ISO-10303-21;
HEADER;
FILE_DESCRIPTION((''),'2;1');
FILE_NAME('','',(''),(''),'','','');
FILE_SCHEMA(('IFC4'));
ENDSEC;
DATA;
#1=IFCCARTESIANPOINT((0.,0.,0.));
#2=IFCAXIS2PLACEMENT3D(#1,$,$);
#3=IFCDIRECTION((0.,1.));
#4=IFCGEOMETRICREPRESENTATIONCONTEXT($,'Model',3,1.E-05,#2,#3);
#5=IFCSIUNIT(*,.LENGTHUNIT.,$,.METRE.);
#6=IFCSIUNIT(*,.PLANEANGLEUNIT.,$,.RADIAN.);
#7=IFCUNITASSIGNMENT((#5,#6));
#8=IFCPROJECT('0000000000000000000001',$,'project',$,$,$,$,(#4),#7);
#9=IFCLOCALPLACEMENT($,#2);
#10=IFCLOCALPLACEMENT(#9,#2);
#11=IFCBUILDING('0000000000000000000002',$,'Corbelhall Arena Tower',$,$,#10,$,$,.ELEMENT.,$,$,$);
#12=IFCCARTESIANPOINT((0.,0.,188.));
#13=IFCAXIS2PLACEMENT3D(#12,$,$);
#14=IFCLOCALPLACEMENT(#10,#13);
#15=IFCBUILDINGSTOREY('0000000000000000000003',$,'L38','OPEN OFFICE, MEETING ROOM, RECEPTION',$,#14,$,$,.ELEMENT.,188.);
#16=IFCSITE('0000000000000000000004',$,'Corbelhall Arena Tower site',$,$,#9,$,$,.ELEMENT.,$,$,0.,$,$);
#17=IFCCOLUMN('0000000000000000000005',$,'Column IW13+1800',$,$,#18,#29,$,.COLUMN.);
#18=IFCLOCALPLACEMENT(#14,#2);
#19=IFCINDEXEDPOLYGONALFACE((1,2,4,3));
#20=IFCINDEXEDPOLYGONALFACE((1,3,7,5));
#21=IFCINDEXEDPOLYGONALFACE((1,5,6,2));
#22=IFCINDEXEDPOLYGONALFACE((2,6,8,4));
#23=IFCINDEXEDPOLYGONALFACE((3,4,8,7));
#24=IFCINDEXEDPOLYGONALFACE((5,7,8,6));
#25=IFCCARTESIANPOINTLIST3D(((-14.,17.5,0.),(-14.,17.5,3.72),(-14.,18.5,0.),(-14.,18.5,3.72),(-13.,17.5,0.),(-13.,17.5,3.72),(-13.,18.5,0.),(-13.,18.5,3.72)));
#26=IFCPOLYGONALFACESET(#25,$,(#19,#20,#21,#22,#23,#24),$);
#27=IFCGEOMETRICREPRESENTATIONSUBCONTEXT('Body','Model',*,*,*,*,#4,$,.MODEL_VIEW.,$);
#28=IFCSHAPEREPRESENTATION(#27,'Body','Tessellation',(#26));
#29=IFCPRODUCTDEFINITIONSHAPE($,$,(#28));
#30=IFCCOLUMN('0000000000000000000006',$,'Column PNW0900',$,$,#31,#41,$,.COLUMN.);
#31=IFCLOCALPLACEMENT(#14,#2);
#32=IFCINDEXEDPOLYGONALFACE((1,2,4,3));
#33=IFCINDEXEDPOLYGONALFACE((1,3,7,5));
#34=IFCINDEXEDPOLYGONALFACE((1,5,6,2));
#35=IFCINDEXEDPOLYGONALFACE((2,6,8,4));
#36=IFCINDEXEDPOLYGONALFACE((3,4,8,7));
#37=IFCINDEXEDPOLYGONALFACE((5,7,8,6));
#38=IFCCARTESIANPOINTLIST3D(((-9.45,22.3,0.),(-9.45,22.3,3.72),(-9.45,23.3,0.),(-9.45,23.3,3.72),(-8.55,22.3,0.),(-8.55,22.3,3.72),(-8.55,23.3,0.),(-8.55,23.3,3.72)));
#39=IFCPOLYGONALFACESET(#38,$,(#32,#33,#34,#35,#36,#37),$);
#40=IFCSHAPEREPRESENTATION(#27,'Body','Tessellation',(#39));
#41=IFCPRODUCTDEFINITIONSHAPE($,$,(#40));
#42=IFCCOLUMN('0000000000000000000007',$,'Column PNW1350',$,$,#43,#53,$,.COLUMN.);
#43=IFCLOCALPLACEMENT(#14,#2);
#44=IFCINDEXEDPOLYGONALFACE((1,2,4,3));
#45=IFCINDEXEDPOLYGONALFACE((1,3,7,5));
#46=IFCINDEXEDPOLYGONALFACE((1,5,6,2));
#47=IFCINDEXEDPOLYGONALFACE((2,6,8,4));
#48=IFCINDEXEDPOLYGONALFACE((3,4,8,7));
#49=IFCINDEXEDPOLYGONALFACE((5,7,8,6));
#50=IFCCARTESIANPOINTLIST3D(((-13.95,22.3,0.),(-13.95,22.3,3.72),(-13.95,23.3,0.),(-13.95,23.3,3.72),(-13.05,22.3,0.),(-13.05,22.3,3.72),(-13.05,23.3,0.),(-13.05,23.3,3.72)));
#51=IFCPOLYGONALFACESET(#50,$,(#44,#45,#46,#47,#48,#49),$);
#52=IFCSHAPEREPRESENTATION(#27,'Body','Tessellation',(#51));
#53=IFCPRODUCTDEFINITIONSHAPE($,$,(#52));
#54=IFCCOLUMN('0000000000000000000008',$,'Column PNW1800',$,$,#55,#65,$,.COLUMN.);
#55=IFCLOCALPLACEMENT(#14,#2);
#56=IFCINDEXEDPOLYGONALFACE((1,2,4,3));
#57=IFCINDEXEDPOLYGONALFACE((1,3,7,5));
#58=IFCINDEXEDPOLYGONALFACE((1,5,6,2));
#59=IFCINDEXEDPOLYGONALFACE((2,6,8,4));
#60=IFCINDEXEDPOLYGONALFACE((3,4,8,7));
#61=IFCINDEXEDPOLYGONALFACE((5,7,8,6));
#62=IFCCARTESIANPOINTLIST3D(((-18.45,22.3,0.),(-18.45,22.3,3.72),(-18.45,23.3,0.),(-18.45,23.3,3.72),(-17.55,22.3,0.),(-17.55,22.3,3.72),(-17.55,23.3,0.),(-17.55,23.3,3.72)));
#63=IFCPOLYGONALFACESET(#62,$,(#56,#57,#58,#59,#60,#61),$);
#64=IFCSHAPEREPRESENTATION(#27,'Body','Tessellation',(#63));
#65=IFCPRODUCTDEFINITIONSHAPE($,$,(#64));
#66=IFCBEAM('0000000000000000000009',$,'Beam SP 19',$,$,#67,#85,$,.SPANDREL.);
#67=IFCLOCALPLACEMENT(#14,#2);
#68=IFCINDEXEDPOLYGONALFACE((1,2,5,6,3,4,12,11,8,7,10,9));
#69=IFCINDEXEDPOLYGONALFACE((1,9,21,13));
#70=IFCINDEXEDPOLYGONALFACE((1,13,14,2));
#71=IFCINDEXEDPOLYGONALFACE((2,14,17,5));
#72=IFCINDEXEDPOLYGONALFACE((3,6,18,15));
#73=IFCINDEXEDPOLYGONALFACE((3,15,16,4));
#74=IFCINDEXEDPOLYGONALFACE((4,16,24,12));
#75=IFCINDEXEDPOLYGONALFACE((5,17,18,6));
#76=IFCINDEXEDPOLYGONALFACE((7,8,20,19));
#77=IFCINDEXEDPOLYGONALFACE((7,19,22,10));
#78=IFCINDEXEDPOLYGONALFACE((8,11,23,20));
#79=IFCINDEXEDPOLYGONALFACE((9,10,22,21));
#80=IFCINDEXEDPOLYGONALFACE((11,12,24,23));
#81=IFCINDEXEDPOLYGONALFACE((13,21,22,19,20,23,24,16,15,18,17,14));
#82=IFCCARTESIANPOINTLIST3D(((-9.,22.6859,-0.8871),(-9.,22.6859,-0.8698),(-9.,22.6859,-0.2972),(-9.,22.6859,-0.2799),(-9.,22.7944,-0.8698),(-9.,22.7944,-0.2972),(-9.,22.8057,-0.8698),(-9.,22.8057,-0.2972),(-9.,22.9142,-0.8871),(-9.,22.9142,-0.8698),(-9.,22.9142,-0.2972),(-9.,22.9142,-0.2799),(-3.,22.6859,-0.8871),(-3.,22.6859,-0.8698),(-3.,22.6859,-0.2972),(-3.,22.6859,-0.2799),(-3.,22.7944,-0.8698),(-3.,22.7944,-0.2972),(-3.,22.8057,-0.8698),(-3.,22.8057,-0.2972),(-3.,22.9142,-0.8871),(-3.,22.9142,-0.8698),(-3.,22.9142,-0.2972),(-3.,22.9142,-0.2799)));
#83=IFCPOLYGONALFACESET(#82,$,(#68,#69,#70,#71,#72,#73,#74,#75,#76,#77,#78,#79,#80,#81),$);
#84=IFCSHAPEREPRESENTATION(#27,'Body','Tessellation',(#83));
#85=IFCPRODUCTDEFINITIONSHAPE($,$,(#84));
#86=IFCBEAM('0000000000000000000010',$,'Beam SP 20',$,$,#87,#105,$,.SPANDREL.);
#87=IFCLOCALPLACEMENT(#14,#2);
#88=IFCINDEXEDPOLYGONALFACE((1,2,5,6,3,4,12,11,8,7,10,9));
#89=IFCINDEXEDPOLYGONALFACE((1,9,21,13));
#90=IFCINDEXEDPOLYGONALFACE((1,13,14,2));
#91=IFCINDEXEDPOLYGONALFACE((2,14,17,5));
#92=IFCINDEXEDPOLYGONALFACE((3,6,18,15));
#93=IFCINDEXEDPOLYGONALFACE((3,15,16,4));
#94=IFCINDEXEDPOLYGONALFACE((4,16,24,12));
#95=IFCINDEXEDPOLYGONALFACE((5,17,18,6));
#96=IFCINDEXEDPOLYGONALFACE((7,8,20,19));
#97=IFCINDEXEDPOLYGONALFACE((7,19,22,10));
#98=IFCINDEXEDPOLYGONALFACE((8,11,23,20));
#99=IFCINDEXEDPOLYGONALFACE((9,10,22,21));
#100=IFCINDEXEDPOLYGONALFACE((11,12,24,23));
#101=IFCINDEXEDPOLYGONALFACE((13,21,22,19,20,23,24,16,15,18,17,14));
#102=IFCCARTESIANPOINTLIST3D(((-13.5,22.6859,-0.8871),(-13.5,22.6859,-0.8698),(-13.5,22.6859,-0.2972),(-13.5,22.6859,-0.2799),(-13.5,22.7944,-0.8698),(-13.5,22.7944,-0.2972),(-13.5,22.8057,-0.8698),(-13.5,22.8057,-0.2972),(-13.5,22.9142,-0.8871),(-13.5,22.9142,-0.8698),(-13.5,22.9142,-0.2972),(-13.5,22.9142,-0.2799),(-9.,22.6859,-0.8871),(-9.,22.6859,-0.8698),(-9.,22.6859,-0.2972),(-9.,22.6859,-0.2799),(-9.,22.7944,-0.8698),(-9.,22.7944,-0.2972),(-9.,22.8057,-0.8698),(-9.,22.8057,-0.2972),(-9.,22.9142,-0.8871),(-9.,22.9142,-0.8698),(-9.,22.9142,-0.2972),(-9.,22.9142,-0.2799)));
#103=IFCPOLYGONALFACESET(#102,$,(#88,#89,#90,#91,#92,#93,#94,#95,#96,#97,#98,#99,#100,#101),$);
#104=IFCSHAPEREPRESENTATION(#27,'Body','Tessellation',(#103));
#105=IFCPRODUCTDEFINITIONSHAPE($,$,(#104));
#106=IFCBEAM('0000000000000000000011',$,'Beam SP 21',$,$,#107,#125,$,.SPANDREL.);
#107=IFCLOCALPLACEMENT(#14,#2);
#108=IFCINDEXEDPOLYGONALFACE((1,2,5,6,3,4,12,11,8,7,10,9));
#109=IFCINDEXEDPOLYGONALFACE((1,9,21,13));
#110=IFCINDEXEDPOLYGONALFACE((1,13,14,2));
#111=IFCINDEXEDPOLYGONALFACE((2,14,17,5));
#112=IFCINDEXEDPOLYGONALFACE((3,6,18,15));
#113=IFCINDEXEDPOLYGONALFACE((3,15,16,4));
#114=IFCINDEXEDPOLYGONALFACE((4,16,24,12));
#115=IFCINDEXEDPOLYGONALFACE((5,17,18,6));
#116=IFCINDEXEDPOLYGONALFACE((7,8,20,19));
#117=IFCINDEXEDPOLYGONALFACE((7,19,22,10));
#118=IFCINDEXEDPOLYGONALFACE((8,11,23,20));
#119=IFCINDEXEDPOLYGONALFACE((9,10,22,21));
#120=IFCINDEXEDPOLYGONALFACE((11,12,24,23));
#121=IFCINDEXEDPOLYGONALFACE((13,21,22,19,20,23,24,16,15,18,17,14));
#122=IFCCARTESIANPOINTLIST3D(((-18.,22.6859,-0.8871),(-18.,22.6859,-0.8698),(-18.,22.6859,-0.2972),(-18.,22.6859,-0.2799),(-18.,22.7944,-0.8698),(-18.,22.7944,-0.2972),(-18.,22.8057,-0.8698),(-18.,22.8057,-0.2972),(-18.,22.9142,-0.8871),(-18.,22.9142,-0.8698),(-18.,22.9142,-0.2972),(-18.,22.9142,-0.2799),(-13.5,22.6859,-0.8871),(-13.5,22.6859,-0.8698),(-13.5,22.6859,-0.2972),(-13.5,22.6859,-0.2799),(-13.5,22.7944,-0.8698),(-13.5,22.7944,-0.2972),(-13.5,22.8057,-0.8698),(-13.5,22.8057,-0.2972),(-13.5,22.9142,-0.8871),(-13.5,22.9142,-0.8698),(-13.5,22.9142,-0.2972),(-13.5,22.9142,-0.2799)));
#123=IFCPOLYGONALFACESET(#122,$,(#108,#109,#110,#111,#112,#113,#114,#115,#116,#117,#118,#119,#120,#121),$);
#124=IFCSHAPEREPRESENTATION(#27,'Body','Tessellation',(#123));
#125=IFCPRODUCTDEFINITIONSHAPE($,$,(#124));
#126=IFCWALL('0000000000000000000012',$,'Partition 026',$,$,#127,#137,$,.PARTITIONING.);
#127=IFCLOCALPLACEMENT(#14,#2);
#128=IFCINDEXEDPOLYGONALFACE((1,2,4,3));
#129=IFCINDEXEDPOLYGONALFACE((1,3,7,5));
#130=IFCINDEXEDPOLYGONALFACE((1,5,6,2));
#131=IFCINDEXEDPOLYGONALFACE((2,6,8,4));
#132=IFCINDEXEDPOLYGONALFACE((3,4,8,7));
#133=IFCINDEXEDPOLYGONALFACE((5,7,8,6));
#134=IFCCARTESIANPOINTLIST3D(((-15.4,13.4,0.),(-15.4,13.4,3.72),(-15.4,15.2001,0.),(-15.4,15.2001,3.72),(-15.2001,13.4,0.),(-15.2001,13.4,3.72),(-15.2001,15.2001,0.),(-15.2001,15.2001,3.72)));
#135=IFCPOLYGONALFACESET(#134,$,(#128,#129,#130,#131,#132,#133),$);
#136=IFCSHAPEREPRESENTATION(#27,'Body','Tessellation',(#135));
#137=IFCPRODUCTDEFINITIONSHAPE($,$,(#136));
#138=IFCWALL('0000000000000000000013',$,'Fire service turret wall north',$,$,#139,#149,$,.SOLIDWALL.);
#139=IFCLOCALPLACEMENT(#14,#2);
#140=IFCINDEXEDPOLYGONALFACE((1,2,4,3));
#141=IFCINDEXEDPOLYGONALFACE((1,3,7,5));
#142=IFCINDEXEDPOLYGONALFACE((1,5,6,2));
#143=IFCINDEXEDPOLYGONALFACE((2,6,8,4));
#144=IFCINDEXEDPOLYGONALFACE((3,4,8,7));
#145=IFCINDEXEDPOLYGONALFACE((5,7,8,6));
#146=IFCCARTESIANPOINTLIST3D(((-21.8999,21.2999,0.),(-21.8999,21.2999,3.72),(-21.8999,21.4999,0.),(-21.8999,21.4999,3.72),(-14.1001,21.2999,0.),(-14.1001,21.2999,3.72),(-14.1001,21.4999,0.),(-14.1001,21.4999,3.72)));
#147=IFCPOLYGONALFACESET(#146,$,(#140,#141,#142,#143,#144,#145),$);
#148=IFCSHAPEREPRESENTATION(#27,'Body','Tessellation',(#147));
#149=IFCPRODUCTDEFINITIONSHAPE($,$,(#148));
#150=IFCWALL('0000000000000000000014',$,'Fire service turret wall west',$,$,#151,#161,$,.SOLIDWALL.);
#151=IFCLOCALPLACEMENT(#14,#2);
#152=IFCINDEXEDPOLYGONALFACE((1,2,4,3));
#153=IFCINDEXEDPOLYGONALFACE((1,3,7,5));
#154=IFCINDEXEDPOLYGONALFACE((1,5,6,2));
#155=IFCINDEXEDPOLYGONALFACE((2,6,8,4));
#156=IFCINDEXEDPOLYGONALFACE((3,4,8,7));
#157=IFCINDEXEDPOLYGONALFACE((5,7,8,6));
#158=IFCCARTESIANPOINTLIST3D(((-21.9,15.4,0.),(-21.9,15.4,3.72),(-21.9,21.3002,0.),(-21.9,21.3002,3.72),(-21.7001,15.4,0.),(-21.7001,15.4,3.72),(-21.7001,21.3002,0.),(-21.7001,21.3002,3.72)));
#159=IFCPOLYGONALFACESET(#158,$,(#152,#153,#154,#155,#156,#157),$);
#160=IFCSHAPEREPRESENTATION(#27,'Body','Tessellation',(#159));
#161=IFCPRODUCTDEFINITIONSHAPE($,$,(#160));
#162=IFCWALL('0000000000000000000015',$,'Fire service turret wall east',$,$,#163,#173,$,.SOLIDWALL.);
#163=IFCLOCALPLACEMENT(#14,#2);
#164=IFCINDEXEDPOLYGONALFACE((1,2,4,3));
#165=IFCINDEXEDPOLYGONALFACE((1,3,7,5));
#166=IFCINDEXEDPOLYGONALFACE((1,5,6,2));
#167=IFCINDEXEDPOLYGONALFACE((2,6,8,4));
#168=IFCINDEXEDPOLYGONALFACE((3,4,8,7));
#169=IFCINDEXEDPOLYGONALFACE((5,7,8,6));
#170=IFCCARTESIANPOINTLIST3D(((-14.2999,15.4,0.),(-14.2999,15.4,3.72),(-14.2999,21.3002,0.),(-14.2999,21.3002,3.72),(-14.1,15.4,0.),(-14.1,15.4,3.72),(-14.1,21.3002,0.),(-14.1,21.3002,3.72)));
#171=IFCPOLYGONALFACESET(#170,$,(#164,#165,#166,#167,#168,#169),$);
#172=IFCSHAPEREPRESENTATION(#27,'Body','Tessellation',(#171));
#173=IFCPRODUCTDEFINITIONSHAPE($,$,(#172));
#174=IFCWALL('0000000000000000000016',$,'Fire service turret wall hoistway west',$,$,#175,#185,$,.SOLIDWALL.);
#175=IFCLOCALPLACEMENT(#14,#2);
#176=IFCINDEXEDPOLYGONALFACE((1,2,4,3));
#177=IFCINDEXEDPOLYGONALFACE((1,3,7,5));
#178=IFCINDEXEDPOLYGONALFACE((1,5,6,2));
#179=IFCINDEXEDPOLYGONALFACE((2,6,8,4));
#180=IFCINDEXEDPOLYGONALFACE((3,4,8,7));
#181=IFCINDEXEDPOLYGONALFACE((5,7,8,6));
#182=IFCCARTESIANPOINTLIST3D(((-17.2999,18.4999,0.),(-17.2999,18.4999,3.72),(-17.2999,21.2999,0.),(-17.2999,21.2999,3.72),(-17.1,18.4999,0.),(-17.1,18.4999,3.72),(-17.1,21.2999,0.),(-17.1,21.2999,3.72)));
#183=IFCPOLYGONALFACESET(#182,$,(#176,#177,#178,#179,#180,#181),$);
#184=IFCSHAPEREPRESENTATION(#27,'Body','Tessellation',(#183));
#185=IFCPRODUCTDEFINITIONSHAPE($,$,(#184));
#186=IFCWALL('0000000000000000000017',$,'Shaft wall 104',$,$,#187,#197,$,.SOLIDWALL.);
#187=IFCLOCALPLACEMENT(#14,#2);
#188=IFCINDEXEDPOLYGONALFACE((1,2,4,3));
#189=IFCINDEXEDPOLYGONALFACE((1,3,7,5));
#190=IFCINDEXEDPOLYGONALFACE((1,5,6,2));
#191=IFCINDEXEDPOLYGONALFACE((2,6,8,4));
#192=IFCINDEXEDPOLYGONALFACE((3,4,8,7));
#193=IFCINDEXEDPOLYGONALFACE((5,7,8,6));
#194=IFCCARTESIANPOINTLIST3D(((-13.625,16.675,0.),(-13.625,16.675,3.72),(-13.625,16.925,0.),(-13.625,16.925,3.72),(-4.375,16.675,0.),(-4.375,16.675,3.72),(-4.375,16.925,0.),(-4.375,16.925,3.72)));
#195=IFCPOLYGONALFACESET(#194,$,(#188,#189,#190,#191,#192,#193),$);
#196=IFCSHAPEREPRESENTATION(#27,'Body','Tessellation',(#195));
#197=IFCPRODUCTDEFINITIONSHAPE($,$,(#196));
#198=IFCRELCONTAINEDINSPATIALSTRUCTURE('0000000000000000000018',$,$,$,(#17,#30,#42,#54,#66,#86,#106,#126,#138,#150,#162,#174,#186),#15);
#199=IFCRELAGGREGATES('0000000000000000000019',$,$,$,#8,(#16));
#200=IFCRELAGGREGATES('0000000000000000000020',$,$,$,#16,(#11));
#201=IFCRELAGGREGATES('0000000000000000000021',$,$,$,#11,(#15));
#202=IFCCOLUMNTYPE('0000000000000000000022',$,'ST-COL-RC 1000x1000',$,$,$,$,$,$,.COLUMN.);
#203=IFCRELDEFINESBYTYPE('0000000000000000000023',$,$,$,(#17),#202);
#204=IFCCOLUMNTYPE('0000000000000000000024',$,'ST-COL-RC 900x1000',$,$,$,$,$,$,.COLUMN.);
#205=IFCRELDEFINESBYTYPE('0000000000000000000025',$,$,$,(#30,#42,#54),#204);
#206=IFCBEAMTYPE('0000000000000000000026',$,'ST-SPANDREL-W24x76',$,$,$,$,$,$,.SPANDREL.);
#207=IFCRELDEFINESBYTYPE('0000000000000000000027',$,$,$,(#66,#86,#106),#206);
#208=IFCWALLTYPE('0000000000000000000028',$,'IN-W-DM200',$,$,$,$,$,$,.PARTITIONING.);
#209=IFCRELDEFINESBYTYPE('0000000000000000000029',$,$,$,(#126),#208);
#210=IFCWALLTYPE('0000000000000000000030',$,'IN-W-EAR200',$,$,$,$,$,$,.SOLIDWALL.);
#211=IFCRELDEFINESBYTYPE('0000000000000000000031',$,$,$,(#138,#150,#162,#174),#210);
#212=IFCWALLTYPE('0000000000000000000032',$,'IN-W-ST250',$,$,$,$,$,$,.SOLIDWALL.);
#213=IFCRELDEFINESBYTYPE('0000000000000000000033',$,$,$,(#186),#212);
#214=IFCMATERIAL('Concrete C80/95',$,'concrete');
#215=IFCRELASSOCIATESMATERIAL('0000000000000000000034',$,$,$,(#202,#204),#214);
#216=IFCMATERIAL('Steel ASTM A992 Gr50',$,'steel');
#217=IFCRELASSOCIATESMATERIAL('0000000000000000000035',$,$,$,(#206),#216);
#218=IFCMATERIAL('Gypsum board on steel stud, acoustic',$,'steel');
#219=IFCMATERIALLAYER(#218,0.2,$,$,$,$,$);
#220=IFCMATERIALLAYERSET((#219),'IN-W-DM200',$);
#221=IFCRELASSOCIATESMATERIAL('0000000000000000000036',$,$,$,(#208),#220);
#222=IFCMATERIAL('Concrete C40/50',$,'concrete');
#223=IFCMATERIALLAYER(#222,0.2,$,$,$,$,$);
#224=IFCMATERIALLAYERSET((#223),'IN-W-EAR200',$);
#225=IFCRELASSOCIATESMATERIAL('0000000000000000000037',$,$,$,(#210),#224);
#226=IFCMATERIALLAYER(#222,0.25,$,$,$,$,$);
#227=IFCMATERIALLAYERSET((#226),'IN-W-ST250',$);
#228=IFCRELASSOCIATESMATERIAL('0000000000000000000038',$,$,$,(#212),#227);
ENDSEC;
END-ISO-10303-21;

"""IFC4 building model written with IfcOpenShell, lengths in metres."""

from ifc_helpers import new_model, si_unit, direction, frame, frame_2d, origin, origin_2d, place, context, subcontext, project, spatial, rectangle, i_section, extrude, material, layer, layer_set, material_profile, profile_set, type_object, element, save


model = new_model("IFC4")

# Units and contexts
model_context = context("Model", 3, precision=1e-05, world=origin(), true_north=direction((0.0, 1.0)))
body_context = subcontext(model_context, "Body", "Model", "MODEL_VIEW")
ifc_project = project(units=[si_unit("LENGTHUNIT", "METRE"), si_unit("PLANEANGLEUNIT", "RADIAN")], contexts=[model_context])

# Site, building, storey
site_placement = place(None, origin())
site = spatial("IfcSite", under=ifc_project, at=site_placement, Name="Corbelhall Arena Tower site", CompositionType="ELEMENT", RefElevation=0.0)
building_placement = place(site_placement, origin())
building = spatial("IfcBuilding", under=site, at=building_placement, Name="Corbelhall Arena Tower", CompositionType="ELEMENT")
storey_placement = place(building_placement, frame((0.0, 0.0, 188.0)))
storey = spatial("IfcBuildingStorey", under=building, at=storey_placement, Name="L38", Description="OPEN OFFICE, MEETING ROOM, RECEPTION", CompositionType="ELEMENT", Elevation=188.0)

# Columns
ifc_material_1 = material(Name="Concrete C80/95", Category="concrete")
ifc_material_profile_1 = material_profile(ifc_material_1, rectangle(XDim=1.0, YDim=1.0, at=origin_2d()))
ifc_profile_set_1 = profile_set([ifc_material_profile_1], Name="Concrete C80/95")
column_type_1 = type_object("IfcColumnType", Name="ST-COL-RC 1000x1000", PredefinedType="COLUMN", material=ifc_profile_set_1)
column_placement = place(storey_placement, frame((-13.5, 18.0, 0.0), z_axis=(0.0, 0.0, 1.0), x_axis=(1.0, 0.0, 0.0)))
element("IfcColumn", 1, at=column_placement, inside=storey, type_object=column_type_1, Name="Column IW13+1800", PredefinedType="COLUMN", context=body_context, shape_type="SweptSolid", body=[
    extrude(rectangle(XDim=1.0, YDim=1.0, at=origin_2d()), origin(), (0.0, 0.0, 1.0), 3.72),
])
ifc_material_profile_2 = material_profile(ifc_material_1, rectangle(XDim=0.8999, YDim=1.0, at=origin_2d()))
ifc_profile_set_2 = profile_set([ifc_material_profile_2], Name="Concrete C80/95")
column_type_2 = type_object("IfcColumnType", Name="ST-COL-RC 900x1000", PredefinedType="COLUMN", material=ifc_profile_set_2)
for number, where, z_axis, x_axis, name in (
    (2, (-9.0, 22.8, 0.0), (0.0, 0.0, 1.0), (1.0, 0.0, 0.0), "Column PNW0900"),
    (3, (-13.5, 22.8, 0.0), (0.0, 0.0, 1.0), (1.0, 0.0, 0.0), "Column PNW1350"),
    (4, (-18.0, 22.8, 0.0), (0.0, 0.0, 1.0), (1.0, 0.0, 0.0), "Column PNW1800"),
):
    element("IfcColumn", number, at=place(storey_placement, frame(where, z_axis=z_axis, x_axis=x_axis)), inside=storey, type_object=column_type_2, Name=name, PredefinedType="COLUMN", context=body_context, shape_type="SweptSolid", body=[
        extrude(rectangle(XDim=0.8999, YDim=1.0, at=origin_2d()), origin(), (0.0, 0.0, 1.0), 3.72),
    ])

# Beams
ifc_material_2 = material(Name="Steel ASTM A992 Gr50", Category="steel")
ifc_material_profile_3 = material_profile(ifc_material_2, i_section(OverallWidth=0.2283, OverallDepth=0.6072, WebThickness=0.0112, FlangeThickness=0.0173, at=origin_2d()))
ifc_profile_set_3 = profile_set([ifc_material_profile_3], Name="Steel ASTM A992 Gr50")
beam_type = type_object("IfcBeamType", Name="ST-SPANDREL-W24x76", PredefinedType="SPANDREL", material=ifc_profile_set_3)
beam_placement = place(storey_placement, frame((-9.0, 22.8, -0.5835), z_axis=(1.0, 0.0, 0.0), x_axis=(0.0, 1.0, 0.0)))
element("IfcBeam", 5, at=beam_placement, inside=storey, type_object=beam_type, Name="Beam SP 19", PredefinedType="SPANDREL", context=body_context, shape_type="SweptSolid", body=[
    extrude(i_section(OverallWidth=0.2283, OverallDepth=0.6072, WebThickness=0.0112, FlangeThickness=0.0173, at=origin_2d()), origin(), (0.0, 0.0, 1.0), 6.0),
])
for number, where, z_axis, x_axis, name in (
    (6, (-13.5, 22.8, -0.5835), (1.0, 0.0, 0.0), (0.0, 1.0, 0.0), "Beam SP 20"),
    (7, (-18.0, 22.8, -0.5835), (1.0, 0.0, 0.0), (0.0, 1.0, 0.0), "Beam SP 21"),
):
    element("IfcBeam", number, at=place(storey_placement, frame(where, z_axis=z_axis, x_axis=x_axis)), inside=storey, type_object=beam_type, Name=name, PredefinedType="SPANDREL", context=body_context, shape_type="SweptSolid", body=[
        extrude(i_section(OverallWidth=0.2283, OverallDepth=0.6072, WebThickness=0.0112, FlangeThickness=0.0173, at=origin_2d()), origin(), (0.0, 0.0, 1.0), 4.5),
    ])

# Wall
ifc_material_3 = material(Name="Gypsum board on steel stud, acoustic", Category="steel")
ifc_layer_1 = layer(ifc_material_3, 0.2)
ifc_layer_set_1 = layer_set([ifc_layer_1], Name="IN-W-DM200")
wall_type_1 = type_object("IfcWallType", Name="IN-W-DM200", PredefinedType="PARTITIONING", material=ifc_layer_set_1)
wall_1_placement = place(storey_placement, frame((-15.3, 15.2, 0.0), z_axis=(0.0, 0.0, 1.0), x_axis=(0.0, -1.0, 0.0)))
element("IfcWall", 8, at=wall_1_placement, inside=storey, type_object=wall_type_1, Name="Partition 026", PredefinedType="PARTITIONING", context=body_context, shape_type="SweptSolid", body=[
    extrude(rectangle(XDim=1.8, YDim=0.2, at=frame_2d((0.8999, 0.0))), origin(), (0.0, 0.0, 1.0), 3.72),
])

# Shared definitions
ifc_material_4 = material(Name="Concrete C40/50", Category="concrete")
ifc_layer_2 = layer(ifc_material_4, 0.2)
ifc_layer_set_2 = layer_set([ifc_layer_2], Name="IN-W-EAR200")
wall_type_2 = type_object("IfcWallType", Name="IN-W-EAR200", PredefinedType="SOLIDWALL", material=ifc_layer_set_2)

# Walls
wall_2_placement = place(storey_placement, frame((-21.8999, 21.3999, 0.0), z_axis=(0.0, 0.0, 1.0), x_axis=(1.0, 0.0, 0.0)))
element("IfcWall", 9, at=wall_2_placement, inside=storey, type_object=wall_type_2, Name="Fire service turret wall north", PredefinedType="SOLIDWALL", context=body_context, shape_type="SweptSolid", body=[
    extrude(rectangle(XDim=7.7998, YDim=0.2, at=frame_2d((3.8999, 0.0))), origin(), (0.0, 0.0, 1.0), 3.72),
])
for number, where, z_axis, x_axis, name in (
    (10, (-21.8, 15.3999, 0.0), (0.0, 0.0, 1.0), (0.0, 1.0, 0.0), "Fire service turret wall west"),
    (11, (-14.2, 15.3999, 0.0), (0.0, 0.0, 1.0), (0.0, 1.0, 0.0), "Fire service turret wall east"),
):
    element("IfcWall", number, at=place(storey_placement, frame(where, z_axis=z_axis, x_axis=x_axis)), inside=storey, type_object=wall_type_2, Name=name, PredefinedType="SOLIDWALL", context=body_context, shape_type="SweptSolid", body=[
        extrude(rectangle(XDim=5.9001, YDim=0.2, at=frame_2d((2.9502, 0.0))), origin(), (0.0, 0.0, 1.0), 3.72),
    ])

# Wall
wall_3_placement = place(storey_placement, frame((-17.2, 18.5, 0.0), z_axis=(0.0, 0.0, 1.0), x_axis=(0.0, 1.0, 0.0)))
element("IfcWall", 12, at=wall_3_placement, inside=storey, type_object=wall_type_2, Name="Fire service turret wall hoistway west", PredefinedType="SOLIDWALL", context=body_context, shape_type="SweptSolid", body=[
    extrude(rectangle(XDim=2.8, YDim=0.2, at=frame_2d((1.3999, 0.0))), origin(), (0.0, 0.0, 1.0), 3.72),
])

# Wall
ifc_layer_3 = layer(ifc_material_4, 0.25)
ifc_layer_set_3 = layer_set([ifc_layer_3], Name="IN-W-ST250")
wall_type_3 = type_object("IfcWallType", Name="IN-W-ST250", PredefinedType="SOLIDWALL", material=ifc_layer_set_3)
wall_4_placement = place(storey_placement, frame((-13.625, 16.8, 0.0), z_axis=(0.0, 0.0, 1.0), x_axis=(1.0, 0.0, 0.0)))
element("IfcWall", 13, at=wall_4_placement, inside=storey, type_object=wall_type_3, Name="Shaft wall 104", PredefinedType="SOLIDWALL", context=body_context, shape_type="SweptSolid", body=[
    extrude(rectangle(XDim=9.25, YDim=0.25, at=frame_2d((4.625, 0.0))), origin(), (0.0, 0.0, 1.0), 3.72),
])

save(model, "model.ifc")
